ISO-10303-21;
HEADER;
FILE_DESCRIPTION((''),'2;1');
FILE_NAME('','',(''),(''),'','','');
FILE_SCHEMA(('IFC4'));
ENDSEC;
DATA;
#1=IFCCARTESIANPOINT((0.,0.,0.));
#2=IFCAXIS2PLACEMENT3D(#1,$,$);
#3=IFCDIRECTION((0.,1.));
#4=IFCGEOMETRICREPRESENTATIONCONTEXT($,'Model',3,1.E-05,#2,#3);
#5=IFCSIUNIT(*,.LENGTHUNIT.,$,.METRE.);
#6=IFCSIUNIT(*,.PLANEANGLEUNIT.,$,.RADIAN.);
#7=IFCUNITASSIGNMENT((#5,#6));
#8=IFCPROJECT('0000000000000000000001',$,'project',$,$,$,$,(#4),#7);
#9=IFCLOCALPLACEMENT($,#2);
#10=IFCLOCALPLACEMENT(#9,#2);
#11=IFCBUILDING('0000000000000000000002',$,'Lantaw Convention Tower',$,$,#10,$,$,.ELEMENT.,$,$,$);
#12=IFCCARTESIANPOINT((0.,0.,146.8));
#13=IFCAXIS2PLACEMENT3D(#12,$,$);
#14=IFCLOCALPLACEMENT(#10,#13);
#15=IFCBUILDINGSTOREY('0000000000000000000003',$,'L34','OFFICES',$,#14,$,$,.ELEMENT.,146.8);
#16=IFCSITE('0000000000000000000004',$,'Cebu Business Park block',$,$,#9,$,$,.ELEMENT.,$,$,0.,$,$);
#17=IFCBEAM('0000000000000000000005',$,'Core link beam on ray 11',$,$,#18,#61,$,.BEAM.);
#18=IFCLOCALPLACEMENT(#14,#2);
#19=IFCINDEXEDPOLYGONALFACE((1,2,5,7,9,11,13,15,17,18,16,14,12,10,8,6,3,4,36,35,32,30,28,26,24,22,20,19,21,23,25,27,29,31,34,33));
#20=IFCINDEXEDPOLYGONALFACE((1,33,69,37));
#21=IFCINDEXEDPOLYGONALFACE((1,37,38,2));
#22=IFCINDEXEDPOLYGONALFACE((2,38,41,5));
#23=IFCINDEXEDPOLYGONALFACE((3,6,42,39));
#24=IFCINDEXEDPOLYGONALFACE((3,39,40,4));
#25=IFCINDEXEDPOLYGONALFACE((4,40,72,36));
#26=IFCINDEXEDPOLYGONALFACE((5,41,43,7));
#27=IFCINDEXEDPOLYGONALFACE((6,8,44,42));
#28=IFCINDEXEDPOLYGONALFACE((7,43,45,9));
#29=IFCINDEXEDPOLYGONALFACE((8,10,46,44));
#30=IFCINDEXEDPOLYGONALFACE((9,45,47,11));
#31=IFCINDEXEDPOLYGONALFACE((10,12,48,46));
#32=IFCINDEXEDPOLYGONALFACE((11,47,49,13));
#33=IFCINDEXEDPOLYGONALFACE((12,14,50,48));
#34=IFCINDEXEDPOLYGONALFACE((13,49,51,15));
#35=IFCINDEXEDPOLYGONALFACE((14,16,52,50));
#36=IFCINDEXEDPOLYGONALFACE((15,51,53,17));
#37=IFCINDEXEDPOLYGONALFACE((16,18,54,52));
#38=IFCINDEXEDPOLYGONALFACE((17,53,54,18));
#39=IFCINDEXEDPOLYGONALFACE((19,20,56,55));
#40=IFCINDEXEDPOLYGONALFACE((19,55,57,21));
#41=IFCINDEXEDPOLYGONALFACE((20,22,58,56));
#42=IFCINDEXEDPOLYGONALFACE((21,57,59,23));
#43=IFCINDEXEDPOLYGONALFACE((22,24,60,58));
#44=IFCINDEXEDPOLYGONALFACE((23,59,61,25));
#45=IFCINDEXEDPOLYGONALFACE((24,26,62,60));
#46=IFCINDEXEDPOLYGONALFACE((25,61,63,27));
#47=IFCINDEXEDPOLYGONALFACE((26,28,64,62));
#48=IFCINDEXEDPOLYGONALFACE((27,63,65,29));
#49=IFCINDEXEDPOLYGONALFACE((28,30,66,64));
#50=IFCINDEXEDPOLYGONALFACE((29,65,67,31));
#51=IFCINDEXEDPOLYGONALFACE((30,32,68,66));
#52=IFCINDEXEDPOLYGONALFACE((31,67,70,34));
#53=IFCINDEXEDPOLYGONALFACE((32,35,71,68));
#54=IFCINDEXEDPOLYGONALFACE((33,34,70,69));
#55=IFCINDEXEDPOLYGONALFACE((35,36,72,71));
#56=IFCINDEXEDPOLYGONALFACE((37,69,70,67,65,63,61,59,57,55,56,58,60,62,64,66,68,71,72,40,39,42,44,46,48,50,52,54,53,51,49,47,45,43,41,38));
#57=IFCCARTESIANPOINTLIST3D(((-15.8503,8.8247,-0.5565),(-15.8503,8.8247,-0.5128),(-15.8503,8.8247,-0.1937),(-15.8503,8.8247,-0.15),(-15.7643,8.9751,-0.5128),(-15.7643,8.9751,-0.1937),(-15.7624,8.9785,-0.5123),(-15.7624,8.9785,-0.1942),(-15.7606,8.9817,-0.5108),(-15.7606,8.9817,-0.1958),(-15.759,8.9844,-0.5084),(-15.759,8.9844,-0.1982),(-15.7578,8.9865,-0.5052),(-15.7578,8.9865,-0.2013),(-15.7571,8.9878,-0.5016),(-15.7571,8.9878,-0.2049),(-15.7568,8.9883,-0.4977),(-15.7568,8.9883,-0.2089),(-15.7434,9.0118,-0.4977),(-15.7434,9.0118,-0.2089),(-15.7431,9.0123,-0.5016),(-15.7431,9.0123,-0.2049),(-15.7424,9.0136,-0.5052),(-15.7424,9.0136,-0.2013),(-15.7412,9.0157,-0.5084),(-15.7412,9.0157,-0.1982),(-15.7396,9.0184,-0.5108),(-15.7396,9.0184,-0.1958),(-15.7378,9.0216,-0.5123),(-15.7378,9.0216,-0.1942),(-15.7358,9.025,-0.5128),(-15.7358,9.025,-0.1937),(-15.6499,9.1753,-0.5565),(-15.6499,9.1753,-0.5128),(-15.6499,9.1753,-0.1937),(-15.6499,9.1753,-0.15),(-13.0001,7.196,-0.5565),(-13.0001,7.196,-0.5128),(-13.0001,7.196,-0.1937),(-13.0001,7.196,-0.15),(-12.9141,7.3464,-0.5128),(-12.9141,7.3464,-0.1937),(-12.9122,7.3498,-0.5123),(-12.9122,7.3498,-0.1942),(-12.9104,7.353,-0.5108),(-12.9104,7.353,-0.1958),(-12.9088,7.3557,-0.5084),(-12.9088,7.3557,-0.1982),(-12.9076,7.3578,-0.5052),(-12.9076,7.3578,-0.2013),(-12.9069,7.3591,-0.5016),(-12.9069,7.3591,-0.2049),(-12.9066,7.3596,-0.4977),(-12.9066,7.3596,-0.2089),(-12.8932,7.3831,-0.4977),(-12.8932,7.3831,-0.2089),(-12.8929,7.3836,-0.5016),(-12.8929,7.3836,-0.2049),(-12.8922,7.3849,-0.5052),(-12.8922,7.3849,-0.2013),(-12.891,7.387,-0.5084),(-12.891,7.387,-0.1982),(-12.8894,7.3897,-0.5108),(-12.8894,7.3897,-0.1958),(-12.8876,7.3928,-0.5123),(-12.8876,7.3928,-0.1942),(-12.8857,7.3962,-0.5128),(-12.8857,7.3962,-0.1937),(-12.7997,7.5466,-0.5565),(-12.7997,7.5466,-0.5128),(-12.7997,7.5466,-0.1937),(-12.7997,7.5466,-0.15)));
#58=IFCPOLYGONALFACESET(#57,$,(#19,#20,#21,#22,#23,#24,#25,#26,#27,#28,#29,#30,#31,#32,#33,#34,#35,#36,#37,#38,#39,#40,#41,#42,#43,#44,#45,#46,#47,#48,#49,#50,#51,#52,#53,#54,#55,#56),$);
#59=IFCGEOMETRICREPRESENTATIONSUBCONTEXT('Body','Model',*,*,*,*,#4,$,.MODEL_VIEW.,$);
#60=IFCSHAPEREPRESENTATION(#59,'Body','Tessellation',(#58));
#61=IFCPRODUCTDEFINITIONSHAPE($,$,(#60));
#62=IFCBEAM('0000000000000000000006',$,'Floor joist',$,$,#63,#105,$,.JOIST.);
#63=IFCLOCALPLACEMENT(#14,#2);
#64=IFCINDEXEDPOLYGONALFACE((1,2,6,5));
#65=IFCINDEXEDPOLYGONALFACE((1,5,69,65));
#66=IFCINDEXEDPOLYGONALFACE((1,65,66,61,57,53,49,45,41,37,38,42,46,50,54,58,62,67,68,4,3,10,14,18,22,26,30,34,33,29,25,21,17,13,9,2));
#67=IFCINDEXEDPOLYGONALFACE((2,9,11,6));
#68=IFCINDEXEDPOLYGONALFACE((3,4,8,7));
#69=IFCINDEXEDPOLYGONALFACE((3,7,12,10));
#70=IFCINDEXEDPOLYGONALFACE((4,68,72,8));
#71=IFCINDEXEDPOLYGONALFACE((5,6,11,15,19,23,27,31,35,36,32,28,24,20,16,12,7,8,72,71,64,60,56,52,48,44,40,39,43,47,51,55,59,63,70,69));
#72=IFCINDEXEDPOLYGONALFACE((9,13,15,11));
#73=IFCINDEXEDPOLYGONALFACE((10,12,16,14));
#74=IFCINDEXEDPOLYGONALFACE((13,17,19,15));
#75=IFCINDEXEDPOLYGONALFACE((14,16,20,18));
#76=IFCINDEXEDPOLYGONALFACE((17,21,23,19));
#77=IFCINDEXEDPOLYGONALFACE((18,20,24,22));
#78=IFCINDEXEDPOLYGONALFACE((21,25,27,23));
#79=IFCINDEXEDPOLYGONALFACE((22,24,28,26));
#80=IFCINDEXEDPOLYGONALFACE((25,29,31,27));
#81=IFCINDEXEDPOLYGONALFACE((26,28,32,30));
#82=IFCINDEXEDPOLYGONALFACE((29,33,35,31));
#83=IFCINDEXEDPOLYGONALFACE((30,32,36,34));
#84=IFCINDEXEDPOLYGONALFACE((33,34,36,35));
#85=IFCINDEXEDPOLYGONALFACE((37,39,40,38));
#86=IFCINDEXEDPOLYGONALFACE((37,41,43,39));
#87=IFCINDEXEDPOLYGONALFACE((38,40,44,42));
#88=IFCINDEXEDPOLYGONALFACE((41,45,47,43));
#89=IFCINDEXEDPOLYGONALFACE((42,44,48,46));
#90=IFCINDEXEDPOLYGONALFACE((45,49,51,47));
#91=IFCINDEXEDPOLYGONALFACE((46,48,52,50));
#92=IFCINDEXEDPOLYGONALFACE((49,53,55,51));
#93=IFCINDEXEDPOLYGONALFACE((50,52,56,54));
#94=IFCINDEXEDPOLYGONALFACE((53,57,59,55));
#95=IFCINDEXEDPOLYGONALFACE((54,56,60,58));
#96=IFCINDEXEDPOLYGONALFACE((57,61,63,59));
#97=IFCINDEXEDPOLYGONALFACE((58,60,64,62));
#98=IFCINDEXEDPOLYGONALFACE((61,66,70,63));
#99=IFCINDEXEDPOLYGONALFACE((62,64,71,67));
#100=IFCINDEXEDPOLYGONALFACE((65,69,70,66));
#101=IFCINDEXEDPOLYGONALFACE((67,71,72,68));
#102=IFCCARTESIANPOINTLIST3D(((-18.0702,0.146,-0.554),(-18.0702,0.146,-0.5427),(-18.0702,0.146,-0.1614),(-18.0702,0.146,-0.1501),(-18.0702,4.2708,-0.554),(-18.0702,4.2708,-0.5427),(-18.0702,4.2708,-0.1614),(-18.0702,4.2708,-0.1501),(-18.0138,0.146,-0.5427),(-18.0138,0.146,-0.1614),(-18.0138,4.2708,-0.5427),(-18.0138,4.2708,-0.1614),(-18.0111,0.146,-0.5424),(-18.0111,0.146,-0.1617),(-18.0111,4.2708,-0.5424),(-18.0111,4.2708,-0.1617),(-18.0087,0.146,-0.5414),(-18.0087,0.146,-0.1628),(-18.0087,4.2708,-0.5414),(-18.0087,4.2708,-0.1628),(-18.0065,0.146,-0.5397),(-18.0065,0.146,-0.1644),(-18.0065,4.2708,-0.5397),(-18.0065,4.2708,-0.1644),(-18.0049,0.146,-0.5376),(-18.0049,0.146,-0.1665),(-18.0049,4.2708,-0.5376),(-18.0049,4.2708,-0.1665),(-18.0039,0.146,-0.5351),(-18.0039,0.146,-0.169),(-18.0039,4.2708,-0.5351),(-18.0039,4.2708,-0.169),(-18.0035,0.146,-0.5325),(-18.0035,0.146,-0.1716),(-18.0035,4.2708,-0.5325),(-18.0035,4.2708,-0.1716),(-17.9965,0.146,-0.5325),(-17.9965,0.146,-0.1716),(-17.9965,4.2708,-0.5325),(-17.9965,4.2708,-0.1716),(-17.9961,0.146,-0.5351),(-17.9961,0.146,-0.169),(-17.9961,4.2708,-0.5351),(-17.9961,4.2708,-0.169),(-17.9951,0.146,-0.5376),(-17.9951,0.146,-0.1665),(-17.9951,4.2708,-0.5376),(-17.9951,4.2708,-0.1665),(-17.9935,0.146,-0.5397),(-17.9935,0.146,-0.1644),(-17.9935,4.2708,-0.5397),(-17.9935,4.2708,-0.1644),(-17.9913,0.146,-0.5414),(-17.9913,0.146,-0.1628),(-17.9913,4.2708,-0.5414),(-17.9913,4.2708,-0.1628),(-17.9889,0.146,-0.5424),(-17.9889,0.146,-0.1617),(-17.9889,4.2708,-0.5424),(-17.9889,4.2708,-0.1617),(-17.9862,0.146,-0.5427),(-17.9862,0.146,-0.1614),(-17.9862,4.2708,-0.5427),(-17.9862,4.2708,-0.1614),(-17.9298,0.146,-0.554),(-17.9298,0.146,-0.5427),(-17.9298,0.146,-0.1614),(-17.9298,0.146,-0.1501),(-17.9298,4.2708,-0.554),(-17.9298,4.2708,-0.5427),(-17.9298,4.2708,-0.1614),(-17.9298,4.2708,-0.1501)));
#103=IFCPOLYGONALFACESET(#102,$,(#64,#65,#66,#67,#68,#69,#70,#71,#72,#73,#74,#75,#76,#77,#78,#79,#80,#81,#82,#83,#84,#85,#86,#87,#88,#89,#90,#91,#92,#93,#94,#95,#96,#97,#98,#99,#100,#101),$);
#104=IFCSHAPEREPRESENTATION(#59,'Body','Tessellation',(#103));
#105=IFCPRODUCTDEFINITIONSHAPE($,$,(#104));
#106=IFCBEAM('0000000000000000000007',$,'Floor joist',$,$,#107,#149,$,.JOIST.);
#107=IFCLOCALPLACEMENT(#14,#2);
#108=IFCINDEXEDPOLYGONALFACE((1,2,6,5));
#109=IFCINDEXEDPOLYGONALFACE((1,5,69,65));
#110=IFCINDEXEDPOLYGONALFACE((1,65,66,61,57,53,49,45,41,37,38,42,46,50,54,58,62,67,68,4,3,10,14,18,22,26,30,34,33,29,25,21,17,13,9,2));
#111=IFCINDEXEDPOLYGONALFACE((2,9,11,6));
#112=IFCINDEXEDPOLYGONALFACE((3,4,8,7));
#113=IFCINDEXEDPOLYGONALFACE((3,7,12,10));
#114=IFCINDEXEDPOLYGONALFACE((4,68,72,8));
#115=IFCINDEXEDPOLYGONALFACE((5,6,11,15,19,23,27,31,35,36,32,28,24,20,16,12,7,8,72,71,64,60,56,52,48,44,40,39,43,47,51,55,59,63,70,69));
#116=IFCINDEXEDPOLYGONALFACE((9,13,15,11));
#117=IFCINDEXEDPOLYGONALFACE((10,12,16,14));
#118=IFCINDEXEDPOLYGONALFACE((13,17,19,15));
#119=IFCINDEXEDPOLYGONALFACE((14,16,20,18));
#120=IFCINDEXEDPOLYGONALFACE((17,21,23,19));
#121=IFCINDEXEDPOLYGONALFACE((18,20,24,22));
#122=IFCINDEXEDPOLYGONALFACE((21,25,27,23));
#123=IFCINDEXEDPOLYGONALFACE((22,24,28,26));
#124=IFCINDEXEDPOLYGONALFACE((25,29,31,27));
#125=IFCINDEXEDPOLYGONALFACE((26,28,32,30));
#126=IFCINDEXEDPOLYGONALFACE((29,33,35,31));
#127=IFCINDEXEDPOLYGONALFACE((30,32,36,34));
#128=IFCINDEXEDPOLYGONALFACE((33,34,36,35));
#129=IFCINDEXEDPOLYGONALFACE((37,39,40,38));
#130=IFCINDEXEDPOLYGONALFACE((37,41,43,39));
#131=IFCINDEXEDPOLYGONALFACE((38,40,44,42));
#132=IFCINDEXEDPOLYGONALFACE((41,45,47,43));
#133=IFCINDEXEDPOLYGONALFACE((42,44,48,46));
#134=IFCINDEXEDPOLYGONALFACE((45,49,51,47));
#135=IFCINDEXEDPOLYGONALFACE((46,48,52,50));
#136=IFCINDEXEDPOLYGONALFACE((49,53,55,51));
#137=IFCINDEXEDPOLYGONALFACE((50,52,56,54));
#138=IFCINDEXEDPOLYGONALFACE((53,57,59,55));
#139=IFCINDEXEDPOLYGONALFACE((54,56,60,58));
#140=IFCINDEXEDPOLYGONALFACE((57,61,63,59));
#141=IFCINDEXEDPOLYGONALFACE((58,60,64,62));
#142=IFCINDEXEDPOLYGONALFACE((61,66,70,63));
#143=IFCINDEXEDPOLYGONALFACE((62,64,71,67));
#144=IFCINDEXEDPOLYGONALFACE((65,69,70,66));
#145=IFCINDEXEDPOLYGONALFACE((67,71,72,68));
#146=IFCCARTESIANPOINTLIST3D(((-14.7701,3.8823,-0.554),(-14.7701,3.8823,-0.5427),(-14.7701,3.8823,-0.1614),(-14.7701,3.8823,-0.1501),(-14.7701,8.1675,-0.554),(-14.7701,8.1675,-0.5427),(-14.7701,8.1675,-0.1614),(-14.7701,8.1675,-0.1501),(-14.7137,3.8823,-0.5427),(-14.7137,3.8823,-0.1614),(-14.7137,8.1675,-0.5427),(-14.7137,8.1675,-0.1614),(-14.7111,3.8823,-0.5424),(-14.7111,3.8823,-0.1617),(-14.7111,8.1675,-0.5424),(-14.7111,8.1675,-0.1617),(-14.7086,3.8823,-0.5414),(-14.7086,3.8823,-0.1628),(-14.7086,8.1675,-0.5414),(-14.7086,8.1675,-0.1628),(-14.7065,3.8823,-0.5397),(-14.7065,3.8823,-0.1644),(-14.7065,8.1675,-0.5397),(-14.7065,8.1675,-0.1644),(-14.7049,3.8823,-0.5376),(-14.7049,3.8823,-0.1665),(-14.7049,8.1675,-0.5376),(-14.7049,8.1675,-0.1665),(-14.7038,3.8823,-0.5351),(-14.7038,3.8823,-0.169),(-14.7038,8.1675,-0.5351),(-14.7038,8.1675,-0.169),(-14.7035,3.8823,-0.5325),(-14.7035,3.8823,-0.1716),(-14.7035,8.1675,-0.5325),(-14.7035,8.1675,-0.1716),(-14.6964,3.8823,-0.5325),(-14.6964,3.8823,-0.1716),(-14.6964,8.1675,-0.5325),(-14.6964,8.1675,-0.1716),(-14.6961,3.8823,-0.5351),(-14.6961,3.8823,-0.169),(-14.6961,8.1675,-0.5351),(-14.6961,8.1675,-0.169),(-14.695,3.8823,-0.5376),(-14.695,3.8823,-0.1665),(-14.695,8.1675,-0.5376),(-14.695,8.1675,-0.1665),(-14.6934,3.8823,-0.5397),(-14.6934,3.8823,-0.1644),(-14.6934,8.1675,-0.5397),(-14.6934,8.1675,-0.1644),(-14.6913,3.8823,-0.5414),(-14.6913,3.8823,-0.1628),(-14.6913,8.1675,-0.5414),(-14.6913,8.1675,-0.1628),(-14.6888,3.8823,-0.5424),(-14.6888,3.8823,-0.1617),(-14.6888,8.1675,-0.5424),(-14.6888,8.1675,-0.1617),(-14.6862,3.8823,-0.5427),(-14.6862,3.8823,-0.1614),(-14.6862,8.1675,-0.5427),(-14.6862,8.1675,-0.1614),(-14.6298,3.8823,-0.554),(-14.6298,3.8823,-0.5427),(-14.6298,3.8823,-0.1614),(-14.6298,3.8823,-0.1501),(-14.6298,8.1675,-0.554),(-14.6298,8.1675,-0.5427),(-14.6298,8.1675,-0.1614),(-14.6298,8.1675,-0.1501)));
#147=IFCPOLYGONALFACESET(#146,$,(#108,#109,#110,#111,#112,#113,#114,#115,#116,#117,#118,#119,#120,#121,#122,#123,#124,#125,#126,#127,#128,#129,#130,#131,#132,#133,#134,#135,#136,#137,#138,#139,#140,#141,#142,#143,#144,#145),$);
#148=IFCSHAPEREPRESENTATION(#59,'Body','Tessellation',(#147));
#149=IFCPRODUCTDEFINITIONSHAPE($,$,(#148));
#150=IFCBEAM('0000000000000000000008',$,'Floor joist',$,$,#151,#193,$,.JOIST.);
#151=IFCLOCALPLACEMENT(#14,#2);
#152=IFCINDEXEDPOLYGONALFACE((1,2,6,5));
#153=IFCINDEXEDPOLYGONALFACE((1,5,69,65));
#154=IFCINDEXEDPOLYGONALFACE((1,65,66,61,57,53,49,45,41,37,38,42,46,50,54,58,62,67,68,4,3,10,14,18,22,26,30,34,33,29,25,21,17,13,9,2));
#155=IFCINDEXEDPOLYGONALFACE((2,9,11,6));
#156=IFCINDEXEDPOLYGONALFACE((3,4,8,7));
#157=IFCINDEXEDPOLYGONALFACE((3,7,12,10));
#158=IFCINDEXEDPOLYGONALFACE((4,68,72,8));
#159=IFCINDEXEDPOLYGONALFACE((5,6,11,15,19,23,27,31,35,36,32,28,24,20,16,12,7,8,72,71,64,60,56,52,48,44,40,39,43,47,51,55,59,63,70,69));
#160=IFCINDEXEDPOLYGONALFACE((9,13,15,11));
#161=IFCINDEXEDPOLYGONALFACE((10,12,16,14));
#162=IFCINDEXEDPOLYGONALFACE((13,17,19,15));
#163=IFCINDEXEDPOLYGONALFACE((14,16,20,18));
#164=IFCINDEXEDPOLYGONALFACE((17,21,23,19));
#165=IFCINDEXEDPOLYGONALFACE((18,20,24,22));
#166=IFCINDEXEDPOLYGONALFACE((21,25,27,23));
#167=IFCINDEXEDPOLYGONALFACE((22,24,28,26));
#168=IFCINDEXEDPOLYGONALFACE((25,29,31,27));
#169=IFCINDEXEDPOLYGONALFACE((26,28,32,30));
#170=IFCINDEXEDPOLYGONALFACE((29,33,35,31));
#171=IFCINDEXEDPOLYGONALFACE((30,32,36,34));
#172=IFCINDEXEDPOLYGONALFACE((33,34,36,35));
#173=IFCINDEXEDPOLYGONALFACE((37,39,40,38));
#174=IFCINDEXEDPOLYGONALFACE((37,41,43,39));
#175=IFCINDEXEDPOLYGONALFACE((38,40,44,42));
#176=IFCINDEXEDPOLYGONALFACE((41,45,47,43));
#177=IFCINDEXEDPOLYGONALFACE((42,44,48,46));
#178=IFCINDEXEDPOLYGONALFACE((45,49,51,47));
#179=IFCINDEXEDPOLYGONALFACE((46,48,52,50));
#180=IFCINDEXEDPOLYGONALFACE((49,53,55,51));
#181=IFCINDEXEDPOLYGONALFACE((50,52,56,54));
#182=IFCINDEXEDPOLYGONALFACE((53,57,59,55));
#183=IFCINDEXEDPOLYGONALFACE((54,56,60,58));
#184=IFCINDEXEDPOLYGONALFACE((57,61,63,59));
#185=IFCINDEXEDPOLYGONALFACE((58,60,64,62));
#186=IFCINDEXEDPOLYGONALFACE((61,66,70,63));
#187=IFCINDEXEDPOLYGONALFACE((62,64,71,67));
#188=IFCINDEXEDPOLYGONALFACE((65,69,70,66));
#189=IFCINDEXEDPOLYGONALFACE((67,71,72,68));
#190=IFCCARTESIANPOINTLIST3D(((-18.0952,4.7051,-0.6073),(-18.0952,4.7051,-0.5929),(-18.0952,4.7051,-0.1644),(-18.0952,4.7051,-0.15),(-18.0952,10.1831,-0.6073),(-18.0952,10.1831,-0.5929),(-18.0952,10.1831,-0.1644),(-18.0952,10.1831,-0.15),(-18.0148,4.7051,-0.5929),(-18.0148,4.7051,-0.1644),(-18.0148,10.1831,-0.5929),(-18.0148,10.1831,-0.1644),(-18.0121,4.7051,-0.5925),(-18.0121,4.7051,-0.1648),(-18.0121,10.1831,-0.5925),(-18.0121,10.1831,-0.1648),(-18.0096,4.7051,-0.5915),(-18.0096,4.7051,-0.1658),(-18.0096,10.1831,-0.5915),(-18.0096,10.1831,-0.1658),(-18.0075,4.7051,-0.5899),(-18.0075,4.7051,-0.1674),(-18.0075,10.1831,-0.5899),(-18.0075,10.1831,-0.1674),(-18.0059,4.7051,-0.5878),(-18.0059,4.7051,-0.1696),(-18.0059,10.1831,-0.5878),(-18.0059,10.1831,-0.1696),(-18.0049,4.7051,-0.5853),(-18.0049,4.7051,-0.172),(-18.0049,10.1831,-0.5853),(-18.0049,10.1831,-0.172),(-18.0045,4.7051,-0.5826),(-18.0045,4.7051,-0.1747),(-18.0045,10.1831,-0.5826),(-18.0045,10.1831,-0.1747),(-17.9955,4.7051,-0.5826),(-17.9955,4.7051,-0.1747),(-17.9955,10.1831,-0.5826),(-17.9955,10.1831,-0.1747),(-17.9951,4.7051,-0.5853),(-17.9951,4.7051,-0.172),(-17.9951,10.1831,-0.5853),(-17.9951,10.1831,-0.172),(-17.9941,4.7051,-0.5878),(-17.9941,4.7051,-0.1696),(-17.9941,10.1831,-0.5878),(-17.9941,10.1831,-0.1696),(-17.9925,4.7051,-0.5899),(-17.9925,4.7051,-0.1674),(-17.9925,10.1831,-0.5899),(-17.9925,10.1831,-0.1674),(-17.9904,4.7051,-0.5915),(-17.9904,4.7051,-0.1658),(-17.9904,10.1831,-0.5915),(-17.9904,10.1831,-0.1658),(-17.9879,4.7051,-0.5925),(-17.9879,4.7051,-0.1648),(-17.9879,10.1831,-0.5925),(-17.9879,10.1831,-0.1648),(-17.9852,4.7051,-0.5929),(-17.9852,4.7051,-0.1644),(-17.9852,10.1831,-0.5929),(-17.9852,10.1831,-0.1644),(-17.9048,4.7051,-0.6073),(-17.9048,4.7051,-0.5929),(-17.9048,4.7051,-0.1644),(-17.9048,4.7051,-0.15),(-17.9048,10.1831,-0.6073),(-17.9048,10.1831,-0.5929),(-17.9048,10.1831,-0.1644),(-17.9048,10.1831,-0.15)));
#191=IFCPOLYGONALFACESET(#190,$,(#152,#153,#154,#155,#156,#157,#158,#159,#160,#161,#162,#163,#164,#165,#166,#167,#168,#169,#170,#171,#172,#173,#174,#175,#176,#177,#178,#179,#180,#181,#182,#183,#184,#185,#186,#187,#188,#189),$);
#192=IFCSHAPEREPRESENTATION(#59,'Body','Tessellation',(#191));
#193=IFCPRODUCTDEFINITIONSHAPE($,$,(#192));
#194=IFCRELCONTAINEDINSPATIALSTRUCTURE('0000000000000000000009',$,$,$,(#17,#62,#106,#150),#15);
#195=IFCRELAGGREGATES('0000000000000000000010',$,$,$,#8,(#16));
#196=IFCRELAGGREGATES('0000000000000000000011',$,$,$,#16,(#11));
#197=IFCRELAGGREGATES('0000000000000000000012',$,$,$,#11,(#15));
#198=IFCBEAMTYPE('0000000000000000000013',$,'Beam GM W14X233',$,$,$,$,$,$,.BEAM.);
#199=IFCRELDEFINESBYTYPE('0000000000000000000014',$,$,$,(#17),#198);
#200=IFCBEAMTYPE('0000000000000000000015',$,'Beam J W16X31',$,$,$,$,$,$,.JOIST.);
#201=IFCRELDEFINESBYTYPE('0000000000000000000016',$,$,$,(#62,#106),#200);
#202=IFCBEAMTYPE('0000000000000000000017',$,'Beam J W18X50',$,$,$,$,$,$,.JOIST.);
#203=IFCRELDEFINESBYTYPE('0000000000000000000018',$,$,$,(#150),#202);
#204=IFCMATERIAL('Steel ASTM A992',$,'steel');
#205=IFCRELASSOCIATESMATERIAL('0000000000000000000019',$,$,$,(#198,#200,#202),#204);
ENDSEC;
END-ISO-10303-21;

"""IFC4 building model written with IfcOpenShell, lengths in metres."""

from ifc_helpers import new_model, si_unit, direction, frame, origin, origin_2d, place, context, subcontext, project, spatial, i_section, extrude, material, material_profile, profile_set, type_object, element, save


model = new_model("IFC4")

# Units and contexts
model_context = context("Model", 3, precision=1e-05, world=origin(), true_north=direction((0.0, 1.0)))
body_context = subcontext(model_context, "Body", "Model", "MODEL_VIEW")
ifc_project = project(units=[si_unit("LENGTHUNIT", "METRE"), si_unit("PLANEANGLEUNIT", "RADIAN")], contexts=[model_context])

# Site, building, storey
site_placement = place(None, origin())
site = spatial("IfcSite", under=ifc_project, at=site_placement, Name="Cebu Business Park block", CompositionType="ELEMENT", RefElevation=0.0)
building_placement = place(site_placement, origin())
building = spatial("IfcBuilding", under=site, at=building_placement, Name="Lantaw Convention Tower", CompositionType="ELEMENT")
storey_placement = place(building_placement, frame((0.0, 0.0, 146.8)))
storey = spatial("IfcBuildingStorey", under=building, at=storey_placement, Name="L34", Description="OFFICES", CompositionType="ELEMENT", Elevation=146.8)

# Beams
ifc_material_1 = material(Name="Steel ASTM A992", Category="steel")
ifc_material_profile_1 = material_profile(ifc_material_1, i_section(OverallWidth=0.4038, OverallDepth=0.4065, WebThickness=0.0271, FlangeThickness=0.0437, FilletRadius=0.0151, at=origin_2d()), Name="W14X233")
ifc_profile_set_1 = profile_set([ifc_material_profile_1], Name="Steel ASTM A992")
beam_type_1 = type_object("IfcBeamType", Name="Beam GM W14X233", PredefinedType="BEAM", material=ifc_profile_set_1)
beam_1_placement = place(storey_placement, frame((-12.8999, 7.3713, -0.3533), z_axis=(-0.868239, 0.496147, 0.0), x_axis=(-0.496147, -0.868239, 0.0)))
element("IfcBeam", 1, at=beam_1_placement, inside=storey, type_object=beam_type_1, Name="Core link beam on ray 11", PredefinedType="BEAM", context=body_context, shape_type="SweptSolid", body=[
    extrude(i_section(OverallWidth=0.4038, OverallDepth=0.4065, WebThickness=0.0271, FlangeThickness=0.0437, FilletRadius=0.0151, at=origin_2d()), origin(), (0.0, 0.0, 1.0), 3.2827),
])
ifc_material_profile_2 = material_profile(ifc_material_1, i_section(OverallWidth=0.1404, OverallDepth=0.4038, WebThickness=0.0071, FlangeThickness=0.0112, FilletRadius=0.0103, at=origin_2d()), Name="W16X31")
ifc_profile_set_2 = profile_set([ifc_material_profile_2], Name="Steel ASTM A992")
beam_type_2 = type_object("IfcBeamType", Name="Beam J W16X31", PredefinedType="JOIST", material=ifc_profile_set_2)
beam_2_placement = place(storey_placement, frame((-18.0, 0.146, -0.3521), z_axis=(0.0, 1.0, 0.0), x_axis=(-1.0, 0.0, 0.0)))
element("IfcBeam", 2, at=beam_2_placement, inside=storey, type_object=beam_type_2, Name="Floor joist", PredefinedType="JOIST", context=body_context, shape_type="SweptSolid", body=[
    extrude(i_section(OverallWidth=0.1404, OverallDepth=0.4038, WebThickness=0.0071, FlangeThickness=0.0112, FilletRadius=0.0103, at=origin_2d()), origin(), (0.0, 0.0, 1.0), 4.1248),
])
beam_3_placement = place(storey_placement, frame((-14.7, 3.8823, -0.3521), z_axis=(0.0, 1.0, 0.0), x_axis=(-1.0, 0.0, 0.0)))
element("IfcBeam", 3, at=beam_3_placement, inside=storey, type_object=beam_type_2, Name="Floor joist", PredefinedType="JOIST", context=body_context, shape_type="SweptSolid", body=[
    extrude(i_section(OverallWidth=0.1404, OverallDepth=0.4038, WebThickness=0.0071, FlangeThickness=0.0112, FilletRadius=0.0103, at=origin_2d()), origin(), (0.0, 0.0, 1.0), 4.2852),
])
ifc_material_profile_3 = material_profile(ifc_material_1, i_section(OverallWidth=0.1904, OverallDepth=0.4573, WebThickness=0.009, FlangeThickness=0.0144, FilletRadius=0.0103, at=origin_2d()), Name="W18X50")
ifc_profile_set_3 = profile_set([ifc_material_profile_3], Name="Steel ASTM A992")
beam_type_3 = type_object("IfcBeamType", Name="Beam J W18X50", PredefinedType="JOIST", material=ifc_profile_set_3)
beam_4_placement = place(storey_placement, frame((-18.0, 4.7051, -0.3787), z_axis=(0.0, 1.0, 0.0), x_axis=(-1.0, 0.0, 0.0)))
element("IfcBeam", 4, at=beam_4_placement, inside=storey, type_object=beam_type_3, Name="Floor joist", PredefinedType="JOIST", context=body_context, shape_type="SweptSolid", body=[
    extrude(i_section(OverallWidth=0.1904, OverallDepth=0.4573, WebThickness=0.009, FlangeThickness=0.0144, FilletRadius=0.0103, at=origin_2d()), origin(), (0.0, 0.0, 1.0), 5.478),
])

save(model, "model.ifc")
